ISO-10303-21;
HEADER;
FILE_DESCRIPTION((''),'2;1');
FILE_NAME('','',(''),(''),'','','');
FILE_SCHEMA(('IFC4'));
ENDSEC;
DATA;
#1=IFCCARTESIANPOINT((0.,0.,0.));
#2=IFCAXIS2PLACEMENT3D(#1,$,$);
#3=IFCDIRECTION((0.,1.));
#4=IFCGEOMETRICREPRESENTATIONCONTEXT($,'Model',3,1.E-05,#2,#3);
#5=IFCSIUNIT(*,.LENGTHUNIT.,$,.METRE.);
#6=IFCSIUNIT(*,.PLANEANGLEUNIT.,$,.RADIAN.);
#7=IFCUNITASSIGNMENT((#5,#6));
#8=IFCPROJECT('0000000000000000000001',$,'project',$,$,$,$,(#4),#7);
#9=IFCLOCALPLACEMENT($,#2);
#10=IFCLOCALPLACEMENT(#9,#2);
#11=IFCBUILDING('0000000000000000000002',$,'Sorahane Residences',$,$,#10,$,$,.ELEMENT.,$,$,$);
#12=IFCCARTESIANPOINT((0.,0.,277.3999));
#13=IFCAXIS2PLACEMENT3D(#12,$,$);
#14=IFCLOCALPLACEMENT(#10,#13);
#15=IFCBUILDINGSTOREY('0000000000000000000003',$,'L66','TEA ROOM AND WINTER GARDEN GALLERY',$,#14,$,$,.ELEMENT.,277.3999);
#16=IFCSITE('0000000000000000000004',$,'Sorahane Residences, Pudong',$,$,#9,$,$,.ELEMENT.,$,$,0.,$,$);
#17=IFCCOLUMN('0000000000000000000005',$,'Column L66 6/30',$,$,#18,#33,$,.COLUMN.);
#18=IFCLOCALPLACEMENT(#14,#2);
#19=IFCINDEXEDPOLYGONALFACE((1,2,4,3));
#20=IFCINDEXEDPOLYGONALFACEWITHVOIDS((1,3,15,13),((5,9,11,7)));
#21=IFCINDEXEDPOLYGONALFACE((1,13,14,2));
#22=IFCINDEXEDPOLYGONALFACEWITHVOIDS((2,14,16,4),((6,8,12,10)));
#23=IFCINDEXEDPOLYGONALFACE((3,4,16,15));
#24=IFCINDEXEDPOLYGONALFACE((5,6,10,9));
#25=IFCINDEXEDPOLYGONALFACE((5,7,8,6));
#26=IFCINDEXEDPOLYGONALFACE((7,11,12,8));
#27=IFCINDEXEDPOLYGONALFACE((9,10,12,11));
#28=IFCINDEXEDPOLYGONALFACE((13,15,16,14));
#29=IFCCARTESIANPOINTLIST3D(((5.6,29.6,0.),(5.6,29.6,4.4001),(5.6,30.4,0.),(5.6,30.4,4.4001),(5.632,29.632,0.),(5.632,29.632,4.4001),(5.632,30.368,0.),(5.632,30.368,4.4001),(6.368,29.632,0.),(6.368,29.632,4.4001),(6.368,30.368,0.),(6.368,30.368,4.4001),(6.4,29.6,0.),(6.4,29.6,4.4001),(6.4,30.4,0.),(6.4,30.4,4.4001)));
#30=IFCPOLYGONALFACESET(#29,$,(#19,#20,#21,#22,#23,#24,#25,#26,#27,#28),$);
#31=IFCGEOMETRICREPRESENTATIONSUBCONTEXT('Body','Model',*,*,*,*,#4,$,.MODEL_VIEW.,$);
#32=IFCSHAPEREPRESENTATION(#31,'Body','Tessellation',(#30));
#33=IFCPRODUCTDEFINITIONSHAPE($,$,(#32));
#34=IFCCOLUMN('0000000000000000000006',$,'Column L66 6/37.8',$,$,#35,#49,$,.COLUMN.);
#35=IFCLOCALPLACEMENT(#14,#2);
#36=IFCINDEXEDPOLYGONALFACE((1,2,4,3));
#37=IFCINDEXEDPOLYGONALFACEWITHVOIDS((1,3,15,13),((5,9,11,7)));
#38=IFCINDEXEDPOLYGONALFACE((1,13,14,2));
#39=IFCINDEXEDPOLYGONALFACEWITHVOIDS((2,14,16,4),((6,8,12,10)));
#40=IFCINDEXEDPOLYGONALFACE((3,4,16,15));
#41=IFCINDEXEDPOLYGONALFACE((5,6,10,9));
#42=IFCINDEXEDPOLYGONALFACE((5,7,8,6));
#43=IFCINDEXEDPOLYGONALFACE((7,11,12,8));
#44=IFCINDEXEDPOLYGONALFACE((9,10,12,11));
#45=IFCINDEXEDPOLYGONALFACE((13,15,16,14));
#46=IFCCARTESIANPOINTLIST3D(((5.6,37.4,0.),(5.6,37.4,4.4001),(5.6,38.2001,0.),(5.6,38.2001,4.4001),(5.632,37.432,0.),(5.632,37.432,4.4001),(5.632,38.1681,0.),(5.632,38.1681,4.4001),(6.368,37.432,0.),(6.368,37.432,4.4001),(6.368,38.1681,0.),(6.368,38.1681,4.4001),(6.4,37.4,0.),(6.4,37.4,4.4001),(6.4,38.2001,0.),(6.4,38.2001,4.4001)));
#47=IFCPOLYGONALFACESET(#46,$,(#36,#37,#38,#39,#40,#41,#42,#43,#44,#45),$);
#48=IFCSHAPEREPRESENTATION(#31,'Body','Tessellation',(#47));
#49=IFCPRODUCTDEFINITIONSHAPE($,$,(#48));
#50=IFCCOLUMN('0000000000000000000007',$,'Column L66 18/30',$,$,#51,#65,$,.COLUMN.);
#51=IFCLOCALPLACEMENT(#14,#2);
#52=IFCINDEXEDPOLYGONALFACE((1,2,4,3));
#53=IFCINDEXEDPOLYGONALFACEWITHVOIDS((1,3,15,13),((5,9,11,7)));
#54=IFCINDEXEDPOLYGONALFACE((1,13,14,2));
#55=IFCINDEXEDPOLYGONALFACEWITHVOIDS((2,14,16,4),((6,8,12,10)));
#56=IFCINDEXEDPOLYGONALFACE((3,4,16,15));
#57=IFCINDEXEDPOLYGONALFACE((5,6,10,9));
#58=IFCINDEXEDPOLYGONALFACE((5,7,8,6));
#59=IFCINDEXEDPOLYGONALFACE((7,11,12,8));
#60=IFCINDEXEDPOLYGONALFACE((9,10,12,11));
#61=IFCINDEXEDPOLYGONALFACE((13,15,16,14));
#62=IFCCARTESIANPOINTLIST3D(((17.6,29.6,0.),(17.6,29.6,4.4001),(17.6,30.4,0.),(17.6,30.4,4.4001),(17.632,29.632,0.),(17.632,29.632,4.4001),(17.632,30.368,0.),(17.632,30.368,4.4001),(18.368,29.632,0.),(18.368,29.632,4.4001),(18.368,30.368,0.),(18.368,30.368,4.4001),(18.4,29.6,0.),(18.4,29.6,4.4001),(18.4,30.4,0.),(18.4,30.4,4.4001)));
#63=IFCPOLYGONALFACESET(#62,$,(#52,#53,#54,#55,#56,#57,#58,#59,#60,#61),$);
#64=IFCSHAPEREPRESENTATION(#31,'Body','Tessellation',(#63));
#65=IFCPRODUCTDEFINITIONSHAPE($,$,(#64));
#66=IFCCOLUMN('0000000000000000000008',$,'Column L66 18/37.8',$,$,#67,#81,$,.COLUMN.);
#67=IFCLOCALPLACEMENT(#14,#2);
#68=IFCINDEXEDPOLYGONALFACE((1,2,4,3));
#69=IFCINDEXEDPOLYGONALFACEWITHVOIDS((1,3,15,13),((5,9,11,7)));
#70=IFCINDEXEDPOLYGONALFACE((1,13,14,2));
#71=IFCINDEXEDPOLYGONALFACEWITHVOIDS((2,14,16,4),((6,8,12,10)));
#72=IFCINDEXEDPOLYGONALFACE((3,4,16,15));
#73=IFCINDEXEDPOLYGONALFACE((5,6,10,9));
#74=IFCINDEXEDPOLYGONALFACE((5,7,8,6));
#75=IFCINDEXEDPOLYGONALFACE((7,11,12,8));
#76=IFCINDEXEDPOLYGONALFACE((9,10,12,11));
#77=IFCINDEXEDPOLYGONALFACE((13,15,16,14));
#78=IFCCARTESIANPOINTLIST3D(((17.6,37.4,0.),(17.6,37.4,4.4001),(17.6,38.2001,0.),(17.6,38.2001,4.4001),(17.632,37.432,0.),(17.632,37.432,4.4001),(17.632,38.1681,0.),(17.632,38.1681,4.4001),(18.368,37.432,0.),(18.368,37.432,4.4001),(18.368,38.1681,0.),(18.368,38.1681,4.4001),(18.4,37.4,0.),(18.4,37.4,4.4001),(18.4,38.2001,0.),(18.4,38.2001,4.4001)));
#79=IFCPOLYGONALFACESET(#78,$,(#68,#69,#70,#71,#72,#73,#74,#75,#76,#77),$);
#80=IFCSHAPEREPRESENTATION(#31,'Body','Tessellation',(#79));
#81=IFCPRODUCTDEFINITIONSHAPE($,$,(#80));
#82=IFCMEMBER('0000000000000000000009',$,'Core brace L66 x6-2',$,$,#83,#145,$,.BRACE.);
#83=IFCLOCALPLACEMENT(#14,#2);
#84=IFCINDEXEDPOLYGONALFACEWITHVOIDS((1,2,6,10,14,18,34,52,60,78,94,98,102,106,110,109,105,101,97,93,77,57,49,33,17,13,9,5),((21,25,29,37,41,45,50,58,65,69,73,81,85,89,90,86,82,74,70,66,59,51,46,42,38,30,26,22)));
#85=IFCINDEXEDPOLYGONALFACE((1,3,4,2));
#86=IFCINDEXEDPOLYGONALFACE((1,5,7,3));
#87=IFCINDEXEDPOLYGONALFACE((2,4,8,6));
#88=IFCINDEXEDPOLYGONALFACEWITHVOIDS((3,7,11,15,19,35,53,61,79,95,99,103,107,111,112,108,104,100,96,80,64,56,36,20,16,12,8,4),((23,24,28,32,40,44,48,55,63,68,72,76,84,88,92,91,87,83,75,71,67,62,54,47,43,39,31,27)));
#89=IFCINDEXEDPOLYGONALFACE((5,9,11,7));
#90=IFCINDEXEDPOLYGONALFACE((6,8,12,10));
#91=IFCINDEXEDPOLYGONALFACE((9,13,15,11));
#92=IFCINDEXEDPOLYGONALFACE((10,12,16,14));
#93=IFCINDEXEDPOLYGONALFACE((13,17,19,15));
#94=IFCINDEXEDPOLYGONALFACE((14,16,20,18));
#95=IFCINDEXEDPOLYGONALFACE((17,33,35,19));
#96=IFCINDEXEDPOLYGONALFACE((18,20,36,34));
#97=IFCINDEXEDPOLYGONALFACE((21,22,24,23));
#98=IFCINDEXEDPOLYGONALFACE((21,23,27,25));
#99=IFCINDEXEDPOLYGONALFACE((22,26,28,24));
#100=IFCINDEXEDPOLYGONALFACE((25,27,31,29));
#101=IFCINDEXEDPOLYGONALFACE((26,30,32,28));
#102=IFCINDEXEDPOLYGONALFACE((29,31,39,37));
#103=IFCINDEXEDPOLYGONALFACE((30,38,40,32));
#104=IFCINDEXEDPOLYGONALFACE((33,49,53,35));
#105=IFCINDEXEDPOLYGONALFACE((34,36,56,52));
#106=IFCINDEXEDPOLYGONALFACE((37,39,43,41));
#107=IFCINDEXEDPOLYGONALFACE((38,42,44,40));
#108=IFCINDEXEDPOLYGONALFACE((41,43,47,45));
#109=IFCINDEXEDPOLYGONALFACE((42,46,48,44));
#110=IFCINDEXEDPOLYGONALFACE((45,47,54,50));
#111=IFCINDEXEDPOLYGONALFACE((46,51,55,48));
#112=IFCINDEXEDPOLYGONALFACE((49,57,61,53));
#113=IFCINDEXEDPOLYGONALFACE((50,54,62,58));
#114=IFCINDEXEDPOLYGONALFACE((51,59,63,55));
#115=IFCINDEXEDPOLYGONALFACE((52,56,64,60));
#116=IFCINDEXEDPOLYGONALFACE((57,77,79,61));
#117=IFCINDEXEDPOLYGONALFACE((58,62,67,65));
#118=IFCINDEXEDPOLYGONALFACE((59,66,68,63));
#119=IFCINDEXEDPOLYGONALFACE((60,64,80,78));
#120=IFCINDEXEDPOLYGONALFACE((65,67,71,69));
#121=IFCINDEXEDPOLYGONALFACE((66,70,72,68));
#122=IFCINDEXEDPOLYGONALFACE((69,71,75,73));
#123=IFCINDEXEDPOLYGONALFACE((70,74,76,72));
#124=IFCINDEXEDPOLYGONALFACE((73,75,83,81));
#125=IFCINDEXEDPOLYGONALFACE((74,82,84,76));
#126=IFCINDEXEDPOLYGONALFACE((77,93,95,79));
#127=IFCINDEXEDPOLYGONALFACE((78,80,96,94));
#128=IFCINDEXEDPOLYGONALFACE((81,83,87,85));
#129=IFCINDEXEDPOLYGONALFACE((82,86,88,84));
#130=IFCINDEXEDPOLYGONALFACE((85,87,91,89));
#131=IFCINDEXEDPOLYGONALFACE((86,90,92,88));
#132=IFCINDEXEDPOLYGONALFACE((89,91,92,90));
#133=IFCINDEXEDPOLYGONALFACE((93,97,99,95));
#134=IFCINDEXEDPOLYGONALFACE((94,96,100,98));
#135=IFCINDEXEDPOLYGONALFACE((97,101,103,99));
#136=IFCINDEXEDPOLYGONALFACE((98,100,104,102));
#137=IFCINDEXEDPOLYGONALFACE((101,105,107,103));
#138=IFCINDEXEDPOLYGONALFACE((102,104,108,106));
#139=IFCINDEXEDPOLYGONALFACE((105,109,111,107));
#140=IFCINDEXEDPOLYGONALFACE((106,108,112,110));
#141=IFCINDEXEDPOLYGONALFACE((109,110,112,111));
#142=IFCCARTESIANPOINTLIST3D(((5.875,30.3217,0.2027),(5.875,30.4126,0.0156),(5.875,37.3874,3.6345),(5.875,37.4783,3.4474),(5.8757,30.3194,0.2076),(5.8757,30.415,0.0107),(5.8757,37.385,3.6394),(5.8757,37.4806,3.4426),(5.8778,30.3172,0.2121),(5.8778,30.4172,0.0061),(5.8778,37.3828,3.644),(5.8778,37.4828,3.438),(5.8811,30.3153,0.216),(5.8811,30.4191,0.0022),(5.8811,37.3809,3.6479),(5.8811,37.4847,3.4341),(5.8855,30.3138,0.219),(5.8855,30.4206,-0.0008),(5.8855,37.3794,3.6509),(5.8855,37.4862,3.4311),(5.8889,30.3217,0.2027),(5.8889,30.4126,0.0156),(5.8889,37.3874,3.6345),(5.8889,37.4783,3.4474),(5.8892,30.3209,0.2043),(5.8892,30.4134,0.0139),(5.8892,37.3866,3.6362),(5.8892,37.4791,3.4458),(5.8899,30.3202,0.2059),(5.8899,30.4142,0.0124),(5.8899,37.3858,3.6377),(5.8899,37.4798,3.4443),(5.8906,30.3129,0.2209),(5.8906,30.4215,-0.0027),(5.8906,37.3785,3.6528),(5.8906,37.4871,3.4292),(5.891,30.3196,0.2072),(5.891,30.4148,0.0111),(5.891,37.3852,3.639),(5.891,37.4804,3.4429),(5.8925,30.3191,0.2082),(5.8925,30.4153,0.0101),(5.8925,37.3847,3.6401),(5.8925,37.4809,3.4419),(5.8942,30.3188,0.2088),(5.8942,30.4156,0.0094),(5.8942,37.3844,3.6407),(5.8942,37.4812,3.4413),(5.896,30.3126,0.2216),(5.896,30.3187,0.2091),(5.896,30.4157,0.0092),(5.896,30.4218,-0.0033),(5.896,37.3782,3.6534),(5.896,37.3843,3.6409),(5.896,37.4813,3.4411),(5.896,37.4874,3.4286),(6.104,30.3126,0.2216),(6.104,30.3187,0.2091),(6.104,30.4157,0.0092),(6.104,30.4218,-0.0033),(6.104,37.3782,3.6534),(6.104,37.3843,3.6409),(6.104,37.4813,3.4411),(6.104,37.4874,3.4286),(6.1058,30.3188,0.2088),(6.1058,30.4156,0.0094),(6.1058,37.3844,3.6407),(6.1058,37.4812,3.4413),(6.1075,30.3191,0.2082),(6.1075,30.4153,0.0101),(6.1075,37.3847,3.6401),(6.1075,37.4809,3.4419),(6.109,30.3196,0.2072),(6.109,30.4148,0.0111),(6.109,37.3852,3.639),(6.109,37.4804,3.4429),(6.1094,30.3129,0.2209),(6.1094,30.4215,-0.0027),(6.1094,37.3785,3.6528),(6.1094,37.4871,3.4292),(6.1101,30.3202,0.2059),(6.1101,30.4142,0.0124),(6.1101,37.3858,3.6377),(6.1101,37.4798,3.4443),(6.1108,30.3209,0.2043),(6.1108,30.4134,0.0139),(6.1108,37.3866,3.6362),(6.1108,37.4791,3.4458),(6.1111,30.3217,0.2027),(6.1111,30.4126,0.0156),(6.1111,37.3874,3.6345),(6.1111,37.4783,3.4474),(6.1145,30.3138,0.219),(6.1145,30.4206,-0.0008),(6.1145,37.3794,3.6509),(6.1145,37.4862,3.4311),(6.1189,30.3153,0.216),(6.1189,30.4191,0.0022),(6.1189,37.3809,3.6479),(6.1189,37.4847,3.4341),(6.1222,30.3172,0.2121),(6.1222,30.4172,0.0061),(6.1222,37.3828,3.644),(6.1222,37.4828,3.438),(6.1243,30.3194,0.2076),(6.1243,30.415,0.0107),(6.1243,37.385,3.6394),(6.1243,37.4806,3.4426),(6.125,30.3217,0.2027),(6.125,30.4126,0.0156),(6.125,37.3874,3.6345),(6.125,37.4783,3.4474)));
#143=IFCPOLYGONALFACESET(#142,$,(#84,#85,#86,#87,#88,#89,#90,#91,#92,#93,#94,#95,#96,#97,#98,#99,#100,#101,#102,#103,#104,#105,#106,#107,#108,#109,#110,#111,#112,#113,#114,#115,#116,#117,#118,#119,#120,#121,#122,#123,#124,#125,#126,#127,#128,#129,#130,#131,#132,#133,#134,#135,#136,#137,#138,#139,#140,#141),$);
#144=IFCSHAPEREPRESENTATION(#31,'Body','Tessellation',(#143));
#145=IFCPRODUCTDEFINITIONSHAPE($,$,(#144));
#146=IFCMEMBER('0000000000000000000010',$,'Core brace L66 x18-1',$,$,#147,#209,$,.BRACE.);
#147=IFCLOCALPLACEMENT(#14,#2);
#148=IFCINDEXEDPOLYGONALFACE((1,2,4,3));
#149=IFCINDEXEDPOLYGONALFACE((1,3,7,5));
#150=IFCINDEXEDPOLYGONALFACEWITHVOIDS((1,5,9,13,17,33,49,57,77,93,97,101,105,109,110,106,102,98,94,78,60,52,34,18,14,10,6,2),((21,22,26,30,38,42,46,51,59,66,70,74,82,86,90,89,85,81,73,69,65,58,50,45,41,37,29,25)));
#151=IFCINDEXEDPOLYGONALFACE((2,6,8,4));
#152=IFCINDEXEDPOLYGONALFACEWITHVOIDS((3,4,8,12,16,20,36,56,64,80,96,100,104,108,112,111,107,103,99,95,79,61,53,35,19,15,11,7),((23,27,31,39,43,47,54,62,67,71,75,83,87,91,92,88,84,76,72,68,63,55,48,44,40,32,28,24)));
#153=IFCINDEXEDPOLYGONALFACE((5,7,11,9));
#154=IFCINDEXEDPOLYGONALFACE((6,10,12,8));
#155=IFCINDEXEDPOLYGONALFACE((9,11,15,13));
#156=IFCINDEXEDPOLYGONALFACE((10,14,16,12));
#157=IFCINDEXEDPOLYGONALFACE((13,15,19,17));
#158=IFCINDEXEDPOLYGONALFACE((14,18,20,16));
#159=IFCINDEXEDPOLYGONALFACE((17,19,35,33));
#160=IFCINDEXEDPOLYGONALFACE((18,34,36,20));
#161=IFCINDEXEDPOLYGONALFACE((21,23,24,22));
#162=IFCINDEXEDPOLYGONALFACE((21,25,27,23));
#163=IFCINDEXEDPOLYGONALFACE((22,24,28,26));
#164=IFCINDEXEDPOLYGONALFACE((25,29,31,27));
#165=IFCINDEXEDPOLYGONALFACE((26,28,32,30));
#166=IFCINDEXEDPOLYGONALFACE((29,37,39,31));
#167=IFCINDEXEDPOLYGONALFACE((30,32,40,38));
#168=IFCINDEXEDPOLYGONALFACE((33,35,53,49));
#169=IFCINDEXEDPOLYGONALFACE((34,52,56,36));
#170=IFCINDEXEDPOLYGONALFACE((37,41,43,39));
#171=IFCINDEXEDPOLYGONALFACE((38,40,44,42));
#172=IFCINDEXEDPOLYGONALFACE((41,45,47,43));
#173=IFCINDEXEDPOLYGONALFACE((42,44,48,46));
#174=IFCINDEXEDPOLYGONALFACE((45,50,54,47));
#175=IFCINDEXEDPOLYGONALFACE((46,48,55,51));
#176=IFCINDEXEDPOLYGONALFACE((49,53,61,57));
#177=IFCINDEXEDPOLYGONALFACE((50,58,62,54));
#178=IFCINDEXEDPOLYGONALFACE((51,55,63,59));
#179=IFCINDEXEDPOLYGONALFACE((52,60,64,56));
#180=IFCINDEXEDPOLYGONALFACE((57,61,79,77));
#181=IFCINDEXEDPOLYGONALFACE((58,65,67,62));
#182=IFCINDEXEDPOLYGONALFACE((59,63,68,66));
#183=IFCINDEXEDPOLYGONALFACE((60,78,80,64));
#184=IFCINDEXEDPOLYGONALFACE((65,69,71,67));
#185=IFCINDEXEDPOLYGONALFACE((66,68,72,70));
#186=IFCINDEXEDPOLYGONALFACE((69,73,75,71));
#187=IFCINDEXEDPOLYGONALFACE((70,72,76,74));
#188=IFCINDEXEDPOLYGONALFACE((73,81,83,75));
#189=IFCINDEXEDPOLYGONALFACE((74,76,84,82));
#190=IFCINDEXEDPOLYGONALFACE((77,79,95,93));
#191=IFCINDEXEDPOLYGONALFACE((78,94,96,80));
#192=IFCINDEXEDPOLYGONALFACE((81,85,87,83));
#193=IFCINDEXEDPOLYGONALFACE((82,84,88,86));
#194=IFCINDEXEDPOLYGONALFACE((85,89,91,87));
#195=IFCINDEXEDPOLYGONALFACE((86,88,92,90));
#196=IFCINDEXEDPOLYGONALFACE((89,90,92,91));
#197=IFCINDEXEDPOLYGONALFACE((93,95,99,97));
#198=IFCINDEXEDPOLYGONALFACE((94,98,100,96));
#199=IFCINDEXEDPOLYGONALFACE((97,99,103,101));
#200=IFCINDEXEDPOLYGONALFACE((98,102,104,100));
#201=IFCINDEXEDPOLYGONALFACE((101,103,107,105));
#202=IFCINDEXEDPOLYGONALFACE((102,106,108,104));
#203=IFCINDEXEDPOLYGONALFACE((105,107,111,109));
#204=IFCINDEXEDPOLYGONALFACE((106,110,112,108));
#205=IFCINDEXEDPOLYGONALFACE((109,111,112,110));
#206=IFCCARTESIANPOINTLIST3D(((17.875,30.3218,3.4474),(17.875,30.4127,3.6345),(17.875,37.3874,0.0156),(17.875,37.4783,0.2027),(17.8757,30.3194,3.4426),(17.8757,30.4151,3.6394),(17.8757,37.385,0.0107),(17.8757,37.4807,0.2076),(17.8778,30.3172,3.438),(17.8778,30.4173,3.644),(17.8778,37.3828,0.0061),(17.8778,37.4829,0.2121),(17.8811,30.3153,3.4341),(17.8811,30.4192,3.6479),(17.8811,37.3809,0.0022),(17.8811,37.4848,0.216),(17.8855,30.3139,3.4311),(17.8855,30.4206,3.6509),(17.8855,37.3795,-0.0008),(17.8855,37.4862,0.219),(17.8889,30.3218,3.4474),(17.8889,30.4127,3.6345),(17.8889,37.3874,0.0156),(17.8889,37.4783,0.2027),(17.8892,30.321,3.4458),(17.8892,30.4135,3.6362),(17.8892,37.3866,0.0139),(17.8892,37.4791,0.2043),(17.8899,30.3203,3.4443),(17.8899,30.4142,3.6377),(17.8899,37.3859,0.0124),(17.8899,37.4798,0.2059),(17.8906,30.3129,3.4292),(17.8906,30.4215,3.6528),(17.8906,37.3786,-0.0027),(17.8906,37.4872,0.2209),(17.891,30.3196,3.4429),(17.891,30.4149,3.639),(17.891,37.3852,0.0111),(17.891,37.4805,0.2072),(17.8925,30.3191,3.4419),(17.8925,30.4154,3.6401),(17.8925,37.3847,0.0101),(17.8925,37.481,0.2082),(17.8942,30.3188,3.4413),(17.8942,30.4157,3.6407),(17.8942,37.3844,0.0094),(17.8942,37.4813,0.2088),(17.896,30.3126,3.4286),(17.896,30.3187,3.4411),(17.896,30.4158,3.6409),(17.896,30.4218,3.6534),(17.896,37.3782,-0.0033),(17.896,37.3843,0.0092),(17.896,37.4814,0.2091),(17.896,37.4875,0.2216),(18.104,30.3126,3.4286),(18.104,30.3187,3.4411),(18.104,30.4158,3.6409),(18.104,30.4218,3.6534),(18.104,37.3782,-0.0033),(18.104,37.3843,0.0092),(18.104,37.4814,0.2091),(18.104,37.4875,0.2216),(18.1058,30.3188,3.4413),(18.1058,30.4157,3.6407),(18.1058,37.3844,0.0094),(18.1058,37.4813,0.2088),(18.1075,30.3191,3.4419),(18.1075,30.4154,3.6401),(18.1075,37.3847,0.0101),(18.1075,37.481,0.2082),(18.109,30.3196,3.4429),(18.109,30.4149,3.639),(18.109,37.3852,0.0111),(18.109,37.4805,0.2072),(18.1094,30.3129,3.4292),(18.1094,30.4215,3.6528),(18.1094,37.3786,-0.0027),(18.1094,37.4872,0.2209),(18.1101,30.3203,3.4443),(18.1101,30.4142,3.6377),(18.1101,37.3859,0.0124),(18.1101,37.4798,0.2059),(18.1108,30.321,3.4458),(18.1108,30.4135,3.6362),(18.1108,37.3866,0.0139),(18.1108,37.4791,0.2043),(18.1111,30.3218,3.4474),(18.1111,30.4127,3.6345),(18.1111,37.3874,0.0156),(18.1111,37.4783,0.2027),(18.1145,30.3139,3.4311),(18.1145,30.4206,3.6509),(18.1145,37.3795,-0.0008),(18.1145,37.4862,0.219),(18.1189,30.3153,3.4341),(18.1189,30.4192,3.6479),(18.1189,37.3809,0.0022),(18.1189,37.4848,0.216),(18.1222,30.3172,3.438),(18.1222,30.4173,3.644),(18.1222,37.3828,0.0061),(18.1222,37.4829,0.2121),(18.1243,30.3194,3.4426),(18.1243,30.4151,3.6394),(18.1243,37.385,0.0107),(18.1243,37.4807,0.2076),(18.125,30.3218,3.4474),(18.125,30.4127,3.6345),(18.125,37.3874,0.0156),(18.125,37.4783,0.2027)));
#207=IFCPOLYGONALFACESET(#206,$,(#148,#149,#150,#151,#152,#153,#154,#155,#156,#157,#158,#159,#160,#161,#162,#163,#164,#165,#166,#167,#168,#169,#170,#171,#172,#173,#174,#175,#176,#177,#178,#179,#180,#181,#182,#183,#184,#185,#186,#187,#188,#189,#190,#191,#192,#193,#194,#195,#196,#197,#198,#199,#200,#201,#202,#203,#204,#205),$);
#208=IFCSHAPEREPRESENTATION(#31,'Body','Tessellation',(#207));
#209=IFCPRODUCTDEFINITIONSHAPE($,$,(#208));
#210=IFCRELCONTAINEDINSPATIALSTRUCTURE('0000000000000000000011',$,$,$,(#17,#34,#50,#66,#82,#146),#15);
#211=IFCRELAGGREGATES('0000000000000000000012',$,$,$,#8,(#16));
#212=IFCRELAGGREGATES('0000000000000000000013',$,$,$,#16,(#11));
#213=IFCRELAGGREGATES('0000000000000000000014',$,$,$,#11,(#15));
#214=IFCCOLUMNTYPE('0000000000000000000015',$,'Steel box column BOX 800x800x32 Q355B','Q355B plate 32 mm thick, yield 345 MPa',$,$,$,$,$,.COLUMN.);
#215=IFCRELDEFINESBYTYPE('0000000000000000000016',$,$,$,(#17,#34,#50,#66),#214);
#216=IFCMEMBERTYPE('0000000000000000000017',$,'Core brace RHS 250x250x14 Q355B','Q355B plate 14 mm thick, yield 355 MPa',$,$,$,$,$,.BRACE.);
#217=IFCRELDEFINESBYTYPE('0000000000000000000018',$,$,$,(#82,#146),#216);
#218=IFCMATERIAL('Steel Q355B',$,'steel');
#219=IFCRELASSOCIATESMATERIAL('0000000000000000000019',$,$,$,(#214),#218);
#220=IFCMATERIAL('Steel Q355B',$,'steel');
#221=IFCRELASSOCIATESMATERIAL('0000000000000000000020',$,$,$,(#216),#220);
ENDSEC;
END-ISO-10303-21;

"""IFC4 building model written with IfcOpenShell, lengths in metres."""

from ifc_helpers import new_model, si_unit, direction, frame, origin, origin_2d, place, context, subcontext, project, spatial, hollow_rectangle, extrude, material, material_profile, profile_set, type_object, element, save


model = new_model("IFC4")

# Units and contexts
model_context = context("Model", 3, precision=1e-05, world=origin(), true_north=direction((0.0, 1.0)))
body_context = subcontext(model_context, "Body", "Model", "MODEL_VIEW")
ifc_project = project(units=[si_unit("LENGTHUNIT", "METRE"), si_unit("PLANEANGLEUNIT", "RADIAN")], contexts=[model_context])

# Site, building, storey
site_placement = place(None, origin())
site = spatial("IfcSite", under=ifc_project, at=site_placement, Name="Sorahane Residences, Pudong", CompositionType="ELEMENT", RefElevation=0.0)
building_placement = place(site_placement, origin())
building = spatial("IfcBuilding", under=site, at=building_placement, Name="Sorahane Residences", CompositionType="ELEMENT")
storey_placement = place(building_placement, frame((0.0, 0.0, 277.3999)))
storey = spatial("IfcBuildingStorey", under=building, at=storey_placement, Name="L66", Description="TEA ROOM AND WINTER GARDEN GALLERY", CompositionType="ELEMENT", Elevation=277.3999)

# Columns
ifc_material_1 = material(Name="Steel Q355B", Category="steel")
ifc_material_profile_1 = material_profile(ifc_material_1, hollow_rectangle(XDim=0.8, YDim=0.8, WallThickness=0.032, at=origin_2d()), Name="BOX 800x800x32")
ifc_profile_set_1 = profile_set([ifc_material_profile_1], Name="Steel Q355B")
column_type = type_object("IfcColumnType", Name="Steel box column BOX 800x800x32 Q355B", Description="Q355B plate 32 mm thick, yield 345 MPa", PredefinedType="COLUMN", material=ifc_profile_set_1)
for number, where, z_axis, x_axis, name in (
    (1, (6.0, 30.0, 0.0), (0.0, 0.0, 1.0), (1.0, 0.0, 0.0), "Column L66 6/30"),
    (2, (6.0, 37.8, 0.0), (0.0, 0.0, 1.0), (1.0, 0.0, 0.0), "Column L66 6/37.8"),
    (3, (18.0, 30.0, 0.0), (0.0, 0.0, 1.0), (1.0, 0.0, 0.0), "Column L66 18/30"),
    (4, (18.0, 37.8, 0.0), (0.0, 0.0, 1.0), (1.0, 0.0, 0.0), "Column L66 18/37.8"),
):
    element("IfcColumn", number, at=place(storey_placement, frame(where, z_axis=z_axis, x_axis=x_axis)), inside=storey, type_object=column_type, Name=name, PredefinedType="COLUMN", context=body_context, shape_type="SweptSolid", body=[
        extrude(hollow_rectangle(XDim=0.8, YDim=0.8, WallThickness=0.032, at=origin_2d()), origin(), (0.0, 0.0, 1.0), 4.4001),
    ])

# Members
ifc_material_2 = material(Name="Steel Q355B", Category="steel")
ifc_material_profile_2 = material_profile(ifc_material_2, hollow_rectangle(XDim=0.25, YDim=0.25, WallThickness=0.0139, InnerFilletRadius=0.0071, OuterFilletRadius=0.021, at=origin_2d()), Name="RHS 250x250x14")
ifc_profile_set_2 = profile_set([ifc_material_profile_2], Name="Steel Q355B")
member_type = type_object("IfcMemberType", Name="Core brace RHS 250x250x14 Q355B", Description="Q355B plate 14 mm thick, yield 355 MPa", PredefinedType="BRACE", material=ifc_profile_set_2)
for number, where, z_axis, x_axis, name in (
    (5, (6.0, 30.3672, 0.1091), (0.0, 0.899509, 0.436903), (-1.0, 0.0, 0.0), "Core brace L66 x6-2"),
    (6, (18.0, 37.4329, 0.1091), (0.0, -0.899509, 0.436903), (1.0, 0.0, 0.0), "Core brace L66 x18-1"),
):
    element("IfcMember", number, at=place(storey_placement, frame(where, z_axis=z_axis, x_axis=x_axis)), inside=storey, type_object=member_type, Name=name, PredefinedType="BRACE", context=body_context, shape_type="SweptSolid", body=[
        extrude(hollow_rectangle(XDim=0.25, YDim=0.25, WallThickness=0.0139, InnerFilletRadius=0.0071, OuterFilletRadius=0.021, at=origin_2d()), origin(), (0.0, 0.0, 1.0), 7.855),
    ])

save(model, "model.ifc")
